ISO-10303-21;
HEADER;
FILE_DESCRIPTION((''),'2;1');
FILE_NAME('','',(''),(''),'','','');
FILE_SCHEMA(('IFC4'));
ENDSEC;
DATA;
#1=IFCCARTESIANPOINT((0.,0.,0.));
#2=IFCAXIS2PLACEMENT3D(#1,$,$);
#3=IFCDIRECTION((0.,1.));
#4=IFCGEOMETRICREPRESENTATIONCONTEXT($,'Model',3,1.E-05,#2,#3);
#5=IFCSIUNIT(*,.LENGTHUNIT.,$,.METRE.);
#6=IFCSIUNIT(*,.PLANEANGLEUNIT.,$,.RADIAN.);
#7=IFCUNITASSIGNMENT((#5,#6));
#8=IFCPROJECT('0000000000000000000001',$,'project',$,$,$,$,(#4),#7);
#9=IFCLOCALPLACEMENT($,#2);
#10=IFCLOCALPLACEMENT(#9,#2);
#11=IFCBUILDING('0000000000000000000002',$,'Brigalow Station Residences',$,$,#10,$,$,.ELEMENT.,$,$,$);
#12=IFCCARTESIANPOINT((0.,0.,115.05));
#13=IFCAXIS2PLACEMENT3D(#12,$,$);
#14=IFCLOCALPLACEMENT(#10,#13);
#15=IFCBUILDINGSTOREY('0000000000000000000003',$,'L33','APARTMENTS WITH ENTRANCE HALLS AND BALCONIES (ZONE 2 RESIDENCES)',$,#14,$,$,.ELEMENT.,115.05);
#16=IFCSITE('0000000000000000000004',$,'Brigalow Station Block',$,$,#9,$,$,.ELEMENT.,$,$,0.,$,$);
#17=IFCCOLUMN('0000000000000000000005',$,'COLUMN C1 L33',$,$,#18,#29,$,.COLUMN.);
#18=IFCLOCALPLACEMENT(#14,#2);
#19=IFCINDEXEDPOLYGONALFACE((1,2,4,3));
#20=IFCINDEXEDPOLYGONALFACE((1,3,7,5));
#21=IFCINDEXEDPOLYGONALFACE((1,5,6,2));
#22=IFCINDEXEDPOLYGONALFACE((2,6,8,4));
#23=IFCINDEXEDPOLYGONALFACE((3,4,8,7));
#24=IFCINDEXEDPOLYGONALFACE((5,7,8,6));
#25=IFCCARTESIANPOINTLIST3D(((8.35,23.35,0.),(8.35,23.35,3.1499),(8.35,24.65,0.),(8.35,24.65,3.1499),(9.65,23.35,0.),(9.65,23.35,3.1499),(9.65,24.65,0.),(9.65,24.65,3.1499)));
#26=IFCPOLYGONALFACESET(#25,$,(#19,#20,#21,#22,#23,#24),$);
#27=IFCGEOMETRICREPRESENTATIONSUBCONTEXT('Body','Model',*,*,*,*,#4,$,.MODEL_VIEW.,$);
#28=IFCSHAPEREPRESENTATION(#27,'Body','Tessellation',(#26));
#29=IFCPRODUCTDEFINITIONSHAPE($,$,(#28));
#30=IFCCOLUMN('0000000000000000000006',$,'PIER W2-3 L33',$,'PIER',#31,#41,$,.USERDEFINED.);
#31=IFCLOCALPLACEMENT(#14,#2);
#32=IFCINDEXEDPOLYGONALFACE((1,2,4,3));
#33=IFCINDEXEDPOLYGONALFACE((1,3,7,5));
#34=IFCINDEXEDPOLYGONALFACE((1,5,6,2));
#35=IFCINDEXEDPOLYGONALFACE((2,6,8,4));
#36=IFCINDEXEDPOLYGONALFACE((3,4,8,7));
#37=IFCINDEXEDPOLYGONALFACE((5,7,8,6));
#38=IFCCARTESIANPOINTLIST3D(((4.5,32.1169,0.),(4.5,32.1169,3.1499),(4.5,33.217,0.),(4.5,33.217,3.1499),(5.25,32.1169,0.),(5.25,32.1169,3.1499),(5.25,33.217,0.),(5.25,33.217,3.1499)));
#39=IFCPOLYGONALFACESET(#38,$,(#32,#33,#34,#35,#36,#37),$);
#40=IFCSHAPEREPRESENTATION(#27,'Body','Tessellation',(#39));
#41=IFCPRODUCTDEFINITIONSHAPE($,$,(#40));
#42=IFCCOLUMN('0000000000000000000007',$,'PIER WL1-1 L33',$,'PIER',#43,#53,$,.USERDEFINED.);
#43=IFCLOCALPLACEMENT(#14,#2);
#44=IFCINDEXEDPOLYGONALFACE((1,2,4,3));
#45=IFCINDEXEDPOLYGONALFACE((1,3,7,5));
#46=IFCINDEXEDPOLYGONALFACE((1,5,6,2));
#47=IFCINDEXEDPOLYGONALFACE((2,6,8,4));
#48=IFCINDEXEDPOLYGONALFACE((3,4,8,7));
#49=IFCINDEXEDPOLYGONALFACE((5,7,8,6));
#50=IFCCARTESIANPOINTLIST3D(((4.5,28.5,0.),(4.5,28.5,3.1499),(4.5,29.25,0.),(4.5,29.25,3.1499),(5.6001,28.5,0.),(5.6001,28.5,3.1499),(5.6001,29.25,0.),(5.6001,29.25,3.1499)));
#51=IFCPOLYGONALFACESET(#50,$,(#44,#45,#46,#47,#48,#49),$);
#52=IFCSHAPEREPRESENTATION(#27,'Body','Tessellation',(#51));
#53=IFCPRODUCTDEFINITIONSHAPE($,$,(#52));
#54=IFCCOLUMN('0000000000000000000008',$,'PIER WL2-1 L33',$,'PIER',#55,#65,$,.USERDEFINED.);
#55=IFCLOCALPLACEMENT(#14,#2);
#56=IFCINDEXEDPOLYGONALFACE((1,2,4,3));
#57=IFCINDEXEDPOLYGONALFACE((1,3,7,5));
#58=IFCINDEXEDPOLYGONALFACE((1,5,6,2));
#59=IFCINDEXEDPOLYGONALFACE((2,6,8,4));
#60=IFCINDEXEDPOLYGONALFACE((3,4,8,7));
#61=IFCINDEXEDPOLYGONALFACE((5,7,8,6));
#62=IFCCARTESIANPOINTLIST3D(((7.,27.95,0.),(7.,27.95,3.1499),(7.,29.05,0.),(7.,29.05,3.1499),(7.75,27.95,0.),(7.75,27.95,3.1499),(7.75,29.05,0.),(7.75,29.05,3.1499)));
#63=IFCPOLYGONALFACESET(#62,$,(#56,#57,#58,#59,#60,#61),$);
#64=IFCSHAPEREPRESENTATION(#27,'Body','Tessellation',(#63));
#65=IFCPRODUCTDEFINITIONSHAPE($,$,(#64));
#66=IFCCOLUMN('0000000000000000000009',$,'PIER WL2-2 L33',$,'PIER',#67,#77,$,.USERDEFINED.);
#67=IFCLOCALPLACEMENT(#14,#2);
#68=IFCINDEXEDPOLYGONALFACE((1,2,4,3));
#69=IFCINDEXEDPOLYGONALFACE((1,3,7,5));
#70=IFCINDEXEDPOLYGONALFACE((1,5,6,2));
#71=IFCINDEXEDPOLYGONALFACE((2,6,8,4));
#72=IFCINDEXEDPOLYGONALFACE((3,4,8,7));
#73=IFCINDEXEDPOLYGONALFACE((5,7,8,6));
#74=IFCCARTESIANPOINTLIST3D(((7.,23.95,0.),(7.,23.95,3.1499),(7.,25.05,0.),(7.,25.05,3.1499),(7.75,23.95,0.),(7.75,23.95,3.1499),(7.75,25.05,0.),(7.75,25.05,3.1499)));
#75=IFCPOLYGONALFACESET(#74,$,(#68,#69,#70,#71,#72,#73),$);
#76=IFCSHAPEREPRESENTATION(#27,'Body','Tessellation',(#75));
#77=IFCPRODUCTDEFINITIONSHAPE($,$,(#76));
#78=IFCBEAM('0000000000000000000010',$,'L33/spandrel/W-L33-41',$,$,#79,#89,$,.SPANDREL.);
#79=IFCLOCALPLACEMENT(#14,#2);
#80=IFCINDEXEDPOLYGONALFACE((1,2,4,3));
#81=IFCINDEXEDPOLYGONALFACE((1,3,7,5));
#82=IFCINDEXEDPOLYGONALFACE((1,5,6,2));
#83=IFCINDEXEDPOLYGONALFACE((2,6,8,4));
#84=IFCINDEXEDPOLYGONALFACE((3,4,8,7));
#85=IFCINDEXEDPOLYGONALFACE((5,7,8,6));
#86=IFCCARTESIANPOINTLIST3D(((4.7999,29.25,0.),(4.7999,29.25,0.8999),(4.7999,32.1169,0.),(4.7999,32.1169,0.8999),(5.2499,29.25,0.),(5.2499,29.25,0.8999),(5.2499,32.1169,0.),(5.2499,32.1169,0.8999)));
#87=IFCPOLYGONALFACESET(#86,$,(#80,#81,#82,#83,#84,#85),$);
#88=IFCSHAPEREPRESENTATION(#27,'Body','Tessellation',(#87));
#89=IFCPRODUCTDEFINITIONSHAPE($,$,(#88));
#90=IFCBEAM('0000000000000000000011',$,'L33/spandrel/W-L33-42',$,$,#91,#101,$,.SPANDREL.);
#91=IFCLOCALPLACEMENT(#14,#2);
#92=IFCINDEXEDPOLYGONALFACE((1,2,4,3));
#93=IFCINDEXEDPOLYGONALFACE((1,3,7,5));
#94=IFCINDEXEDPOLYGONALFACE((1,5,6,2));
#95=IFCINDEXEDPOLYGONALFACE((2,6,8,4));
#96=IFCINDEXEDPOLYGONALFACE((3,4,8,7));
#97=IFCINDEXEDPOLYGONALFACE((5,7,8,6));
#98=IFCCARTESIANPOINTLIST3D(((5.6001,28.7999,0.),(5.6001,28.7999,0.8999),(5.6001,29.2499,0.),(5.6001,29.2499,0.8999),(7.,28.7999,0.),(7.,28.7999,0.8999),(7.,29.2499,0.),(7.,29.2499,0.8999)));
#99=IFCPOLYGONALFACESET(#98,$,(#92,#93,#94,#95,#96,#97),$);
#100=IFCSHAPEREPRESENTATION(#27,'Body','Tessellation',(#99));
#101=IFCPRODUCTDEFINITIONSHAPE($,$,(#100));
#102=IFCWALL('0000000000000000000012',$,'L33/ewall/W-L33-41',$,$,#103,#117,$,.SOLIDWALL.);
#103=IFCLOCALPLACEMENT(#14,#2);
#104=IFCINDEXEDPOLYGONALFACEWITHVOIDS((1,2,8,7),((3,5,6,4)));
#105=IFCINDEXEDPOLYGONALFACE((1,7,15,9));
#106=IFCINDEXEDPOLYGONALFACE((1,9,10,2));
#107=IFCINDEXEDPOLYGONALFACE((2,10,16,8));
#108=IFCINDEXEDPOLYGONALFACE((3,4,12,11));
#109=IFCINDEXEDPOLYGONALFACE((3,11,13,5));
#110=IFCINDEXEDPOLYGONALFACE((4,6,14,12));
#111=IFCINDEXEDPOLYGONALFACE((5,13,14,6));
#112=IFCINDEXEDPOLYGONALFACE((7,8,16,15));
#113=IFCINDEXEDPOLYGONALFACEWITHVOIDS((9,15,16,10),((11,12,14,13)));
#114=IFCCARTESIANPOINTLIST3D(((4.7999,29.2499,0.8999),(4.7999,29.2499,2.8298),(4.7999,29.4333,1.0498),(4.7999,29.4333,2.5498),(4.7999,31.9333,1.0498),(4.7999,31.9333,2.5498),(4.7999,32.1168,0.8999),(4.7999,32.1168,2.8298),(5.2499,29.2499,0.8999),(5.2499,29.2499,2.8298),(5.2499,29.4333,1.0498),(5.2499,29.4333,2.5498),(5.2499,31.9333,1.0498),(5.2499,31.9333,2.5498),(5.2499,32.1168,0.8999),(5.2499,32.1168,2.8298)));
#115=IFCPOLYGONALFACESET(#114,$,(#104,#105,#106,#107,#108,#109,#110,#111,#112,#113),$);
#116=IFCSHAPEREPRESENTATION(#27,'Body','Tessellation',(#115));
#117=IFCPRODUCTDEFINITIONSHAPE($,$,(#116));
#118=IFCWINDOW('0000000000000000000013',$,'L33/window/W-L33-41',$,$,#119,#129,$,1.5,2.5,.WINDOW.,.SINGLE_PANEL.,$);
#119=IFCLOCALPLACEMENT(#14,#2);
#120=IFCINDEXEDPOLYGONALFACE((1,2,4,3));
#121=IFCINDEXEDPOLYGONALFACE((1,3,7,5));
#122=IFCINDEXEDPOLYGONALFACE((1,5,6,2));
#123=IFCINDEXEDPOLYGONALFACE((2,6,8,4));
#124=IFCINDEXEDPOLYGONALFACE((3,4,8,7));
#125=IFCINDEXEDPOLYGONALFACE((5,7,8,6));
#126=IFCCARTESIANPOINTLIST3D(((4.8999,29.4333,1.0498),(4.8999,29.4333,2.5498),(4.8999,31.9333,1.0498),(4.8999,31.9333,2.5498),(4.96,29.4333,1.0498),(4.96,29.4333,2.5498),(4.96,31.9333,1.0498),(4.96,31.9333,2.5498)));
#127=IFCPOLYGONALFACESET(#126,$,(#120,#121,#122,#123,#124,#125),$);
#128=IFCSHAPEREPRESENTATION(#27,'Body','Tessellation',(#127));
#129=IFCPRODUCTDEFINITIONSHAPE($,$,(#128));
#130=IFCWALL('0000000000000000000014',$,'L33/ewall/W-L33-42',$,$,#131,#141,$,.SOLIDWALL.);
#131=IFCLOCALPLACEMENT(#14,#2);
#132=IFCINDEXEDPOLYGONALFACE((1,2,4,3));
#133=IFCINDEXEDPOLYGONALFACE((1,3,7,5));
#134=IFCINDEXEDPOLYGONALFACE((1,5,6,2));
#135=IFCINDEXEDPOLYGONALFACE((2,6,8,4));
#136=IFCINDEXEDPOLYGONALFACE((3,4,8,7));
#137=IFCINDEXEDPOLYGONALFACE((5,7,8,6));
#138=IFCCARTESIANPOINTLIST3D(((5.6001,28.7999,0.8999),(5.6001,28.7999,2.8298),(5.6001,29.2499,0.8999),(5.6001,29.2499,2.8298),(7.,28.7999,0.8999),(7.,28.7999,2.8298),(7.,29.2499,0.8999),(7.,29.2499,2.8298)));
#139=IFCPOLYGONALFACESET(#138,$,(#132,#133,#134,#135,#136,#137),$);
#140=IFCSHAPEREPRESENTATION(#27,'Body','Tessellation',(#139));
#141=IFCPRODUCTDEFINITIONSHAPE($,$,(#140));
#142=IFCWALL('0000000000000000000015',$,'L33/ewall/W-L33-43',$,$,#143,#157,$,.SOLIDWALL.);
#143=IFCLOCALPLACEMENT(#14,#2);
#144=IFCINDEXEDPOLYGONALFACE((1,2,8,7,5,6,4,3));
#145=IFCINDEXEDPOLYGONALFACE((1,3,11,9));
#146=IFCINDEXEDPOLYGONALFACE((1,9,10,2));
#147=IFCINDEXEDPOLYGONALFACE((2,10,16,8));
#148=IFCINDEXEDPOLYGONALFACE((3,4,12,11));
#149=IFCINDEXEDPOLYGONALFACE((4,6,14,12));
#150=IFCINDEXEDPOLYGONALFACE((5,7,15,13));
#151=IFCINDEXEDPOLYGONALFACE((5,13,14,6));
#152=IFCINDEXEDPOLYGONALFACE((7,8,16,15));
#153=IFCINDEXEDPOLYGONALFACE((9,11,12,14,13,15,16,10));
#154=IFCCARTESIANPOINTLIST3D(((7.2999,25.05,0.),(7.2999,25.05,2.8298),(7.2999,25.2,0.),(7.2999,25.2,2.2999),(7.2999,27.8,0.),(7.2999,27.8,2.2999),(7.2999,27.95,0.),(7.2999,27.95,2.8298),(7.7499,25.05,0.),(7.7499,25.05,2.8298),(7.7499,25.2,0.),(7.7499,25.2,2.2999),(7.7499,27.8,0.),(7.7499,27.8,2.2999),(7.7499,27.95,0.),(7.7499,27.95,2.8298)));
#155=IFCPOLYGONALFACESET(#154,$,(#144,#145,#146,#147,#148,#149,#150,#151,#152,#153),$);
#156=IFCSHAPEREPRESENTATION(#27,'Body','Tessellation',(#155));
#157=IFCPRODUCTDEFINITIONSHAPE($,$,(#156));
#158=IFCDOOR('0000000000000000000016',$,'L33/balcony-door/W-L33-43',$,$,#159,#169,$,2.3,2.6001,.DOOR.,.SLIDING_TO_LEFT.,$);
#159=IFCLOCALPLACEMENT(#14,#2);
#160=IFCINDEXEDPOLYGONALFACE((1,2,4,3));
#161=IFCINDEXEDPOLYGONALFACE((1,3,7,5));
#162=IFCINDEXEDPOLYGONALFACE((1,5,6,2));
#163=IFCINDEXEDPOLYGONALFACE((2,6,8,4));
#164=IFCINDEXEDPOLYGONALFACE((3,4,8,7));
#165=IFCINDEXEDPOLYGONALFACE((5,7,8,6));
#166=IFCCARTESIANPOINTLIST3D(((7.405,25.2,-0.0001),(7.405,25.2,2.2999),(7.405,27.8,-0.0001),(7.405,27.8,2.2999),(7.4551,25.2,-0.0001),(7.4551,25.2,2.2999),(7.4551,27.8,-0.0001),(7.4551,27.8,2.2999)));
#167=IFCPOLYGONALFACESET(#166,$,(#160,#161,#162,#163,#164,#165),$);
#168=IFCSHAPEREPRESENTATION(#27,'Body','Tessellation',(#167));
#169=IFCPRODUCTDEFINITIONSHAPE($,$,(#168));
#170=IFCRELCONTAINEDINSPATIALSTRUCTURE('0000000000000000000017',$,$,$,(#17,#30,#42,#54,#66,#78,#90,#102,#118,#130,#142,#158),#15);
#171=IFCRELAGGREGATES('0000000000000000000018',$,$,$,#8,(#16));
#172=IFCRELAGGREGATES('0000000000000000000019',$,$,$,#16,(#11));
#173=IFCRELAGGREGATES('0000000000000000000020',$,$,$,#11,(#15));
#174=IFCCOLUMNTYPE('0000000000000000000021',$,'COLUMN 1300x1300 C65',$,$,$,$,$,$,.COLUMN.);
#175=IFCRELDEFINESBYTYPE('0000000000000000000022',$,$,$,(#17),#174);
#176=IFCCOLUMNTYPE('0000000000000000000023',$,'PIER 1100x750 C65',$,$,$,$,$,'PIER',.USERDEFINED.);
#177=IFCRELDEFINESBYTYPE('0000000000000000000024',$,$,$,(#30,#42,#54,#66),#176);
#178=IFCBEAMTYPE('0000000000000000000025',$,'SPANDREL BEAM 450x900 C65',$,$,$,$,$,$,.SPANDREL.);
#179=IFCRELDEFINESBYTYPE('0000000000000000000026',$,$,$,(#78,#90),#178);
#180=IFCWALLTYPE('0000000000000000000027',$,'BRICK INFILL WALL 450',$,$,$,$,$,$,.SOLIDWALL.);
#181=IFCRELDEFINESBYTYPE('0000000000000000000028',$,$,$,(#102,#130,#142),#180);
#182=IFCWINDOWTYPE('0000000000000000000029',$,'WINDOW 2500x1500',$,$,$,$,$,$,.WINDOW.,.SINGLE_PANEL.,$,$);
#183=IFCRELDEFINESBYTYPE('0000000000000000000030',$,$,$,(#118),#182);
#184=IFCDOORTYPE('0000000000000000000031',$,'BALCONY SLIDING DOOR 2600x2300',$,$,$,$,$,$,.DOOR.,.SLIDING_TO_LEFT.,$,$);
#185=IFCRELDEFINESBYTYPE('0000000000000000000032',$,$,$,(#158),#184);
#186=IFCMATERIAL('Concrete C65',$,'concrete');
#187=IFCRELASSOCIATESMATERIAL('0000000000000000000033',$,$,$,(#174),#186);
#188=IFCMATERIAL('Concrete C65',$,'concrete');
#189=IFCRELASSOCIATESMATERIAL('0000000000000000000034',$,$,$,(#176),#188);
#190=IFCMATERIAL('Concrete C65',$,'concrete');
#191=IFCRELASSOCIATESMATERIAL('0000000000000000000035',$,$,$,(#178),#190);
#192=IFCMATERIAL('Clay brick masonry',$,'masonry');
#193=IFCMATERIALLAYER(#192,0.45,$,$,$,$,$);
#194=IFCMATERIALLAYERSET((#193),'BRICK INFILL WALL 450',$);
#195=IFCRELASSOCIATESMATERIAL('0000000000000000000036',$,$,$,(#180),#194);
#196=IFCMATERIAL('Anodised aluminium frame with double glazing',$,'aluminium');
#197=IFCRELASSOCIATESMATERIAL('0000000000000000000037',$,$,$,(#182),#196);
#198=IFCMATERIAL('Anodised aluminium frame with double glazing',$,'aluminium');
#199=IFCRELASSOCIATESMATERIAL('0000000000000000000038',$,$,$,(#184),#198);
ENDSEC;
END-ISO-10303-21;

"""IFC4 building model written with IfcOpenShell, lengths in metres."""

from ifc_helpers import new_model, si_unit, direction, frame, frame_2d, origin, origin_2d, place, context, subcontext, project, spatial, rectangle, extrude, material, layer, layer_set, material_profile, profile_set, type_object, element, fill, save


model = new_model("IFC4")

# Units and contexts
model_context = context("Model", 3, precision=1e-05, world=origin(), true_north=direction((0.0, 1.0)))
body_context = subcontext(model_context, "Body", "Model", "MODEL_VIEW")
ifc_project = project(units=[si_unit("LENGTHUNIT", "METRE"), si_unit("PLANEANGLEUNIT", "RADIAN")], contexts=[model_context])

# Site, building, storey
site_placement = place(None, origin())
site = spatial("IfcSite", under=ifc_project, at=site_placement, Name="Brigalow Station Block", CompositionType="ELEMENT", RefElevation=0.0)
building_placement = place(site_placement, origin())
building = spatial("IfcBuilding", under=site, at=building_placement, Name="Brigalow Station Residences", CompositionType="ELEMENT")
storey_placement = place(building_placement, frame((0.0, 0.0, 115.05)))
storey = spatial("IfcBuildingStorey", under=building, at=storey_placement, Name="L33", Description="APARTMENTS WITH ENTRANCE HALLS AND BALCONIES (ZONE 2 RESIDENCES)", CompositionType="ELEMENT", Elevation=115.05)

# Columns
ifc_material_1 = material(Name="Concrete C65", Category="concrete")
ifc_material_profile_1 = material_profile(ifc_material_1, rectangle(XDim=1.3, YDim=1.3, at=origin_2d()), Name="RC1300x1300")
ifc_profile_set_1 = profile_set([ifc_material_profile_1], Name="Concrete C65")
column_type_1 = type_object("IfcColumnType", Name="COLUMN 1300x1300 C65", PredefinedType="COLUMN", material=ifc_profile_set_1)
column_placement = place(storey_placement, frame((9.0, 24.0, 0.0), z_axis=(0.0, 0.0, 1.0), x_axis=(1.0, 0.0, 0.0)))
element("IfcColumn", 1, at=column_placement, inside=storey, type_object=column_type_1, Name="COLUMN C1 L33", PredefinedType="COLUMN", context=body_context, shape_type="SweptSolid", body=[
    extrude(rectangle(XDim=1.3, YDim=1.3, at=origin_2d()), origin(), (0.0, 0.0, 1.0), 3.1499),
])
ifc_material_2 = material(Name="Concrete C65", Category="concrete")
ifc_material_profile_2 = material_profile(ifc_material_2, rectangle(XDim=1.1001, YDim=0.75, at=origin_2d()), Name="RC1100x750")
ifc_profile_set_2 = profile_set([ifc_material_profile_2], Name="Concrete C65")
column_type_2 = type_object("IfcColumnType", Name="PIER 1100x750 C65", ElementType="PIER", PredefinedType="USERDEFINED", material=ifc_profile_set_2)
for number, where, z_axis, x_axis, name in (
    (2, (4.875, 32.667, 0.0), (0.0, 0.0, 1.0), (0.0, -1.0, 0.0), "PIER W2-3 L33"),
    (3, (5.05, 28.875, 0.0), (0.0, 0.0, 1.0), (1.0, 0.0, 0.0), "PIER WL1-1 L33"),
    (4, (7.375, 28.5, 0.0), (0.0, 0.0, 1.0), (0.0, -1.0, 0.0), "PIER WL2-1 L33"),
    (5, (7.375, 24.5, 0.0), (0.0, 0.0, 1.0), (0.0, -1.0, 0.0), "PIER WL2-2 L33"),
):
    element("IfcColumn", number, at=place(storey_placement, frame(where, z_axis=z_axis, x_axis=x_axis)), inside=storey, type_object=column_type_2, Name=name, ObjectType="PIER", PredefinedType="USERDEFINED", context=body_context, shape_type="SweptSolid", body=[
        extrude(rectangle(XDim=1.1001, YDim=0.75, at=origin_2d()), origin(), (0.0, 0.0, 1.0), 3.1499),
    ])

# Beams
ifc_material_3 = material(Name="Concrete C65", Category="concrete")
ifc_material_profile_3 = material_profile(ifc_material_3, rectangle(XDim=0.45, YDim=0.8999, at=origin_2d()), Name="RC450x900")
ifc_profile_set_3 = profile_set([ifc_material_profile_3], Name="Concrete C65")
beam_type = type_object("IfcBeamType", Name="SPANDREL BEAM 450x900 C65", PredefinedType="SPANDREL", material=ifc_profile_set_3)
beam_1_placement = place(storey_placement, frame((5.0249, 32.1169, 0.45), z_axis=(0.0, -1.0, 0.0), x_axis=(1.0, 0.0, 0.0)))
element("IfcBeam", 6, at=beam_1_placement, inside=storey, type_object=beam_type, Name="L33/spandrel/W-L33-41", PredefinedType="SPANDREL", context=body_context, shape_type="SweptSolid", body=[
    extrude(rectangle(XDim=0.45, YDim=0.8999, at=origin_2d()), origin(), (0.0, 0.0, 1.0), 2.8669),
])
beam_2_placement = place(storey_placement, frame((5.6001, 29.0249, 0.45), z_axis=(1.0, 0.0, 0.0), x_axis=(0.0, 1.0, 0.0)))
element("IfcBeam", 7, at=beam_2_placement, inside=storey, type_object=beam_type, Name="L33/spandrel/W-L33-42", PredefinedType="SPANDREL", context=body_context, shape_type="SweptSolid", body=[
    extrude(rectangle(XDim=0.45, YDim=0.8999, at=origin_2d()), origin(), (0.0, 0.0, 1.0), 1.3999),
])

# Wall, opening, window
ifc_material_4 = material(Name="Clay brick masonry", Category="masonry")
ifc_layer_1 = layer(ifc_material_4, 0.45)
ifc_layer_set_1 = layer_set([ifc_layer_1], Name="BRICK INFILL WALL 450")
wall_type_1 = type_object("IfcWallType", Name="BRICK INFILL WALL 450", PredefinedType="SOLIDWALL", material=ifc_layer_set_1)
wall_1_placement = place(storey_placement, frame((5.0249, 32.1169, 0.8999), z_axis=(0.0, 0.0, 1.0), x_axis=(0.0, -1.0, 0.0)))
wall_1 = element("IfcWall", 8, at=wall_1_placement, inside=storey, type_object=wall_type_1, Name="L33/ewall/W-L33-41", PredefinedType="SOLIDWALL", context=body_context, shape_type="SweptSolid", body=[
    extrude(rectangle(XDim=2.8669, YDim=0.45, at=frame_2d((1.4336, 0.0))), origin(), (0.0, 0.0, 1.0), 1.9299),
])
opening_1_placement = place(wall_1_placement, frame((0.1836, 0.0, 0.1499)))
opening_1 = element("IfcOpeningElement", 9, at=opening_1_placement, cuts=wall_1, PredefinedType="OPENING", context=body_context, shape_type="SweptSolid", body=[
    extrude(rectangle(XDim=2.5, YDim=1.5, at=frame_2d((1.25, 0.75))), frame((0.0, 0.2349, 0.0), z_axis=(0.0, -1.0, 0.0), x_axis=(1.0, 0.0, 0.0)), (0.0, 0.0, 1.0), 0.47),
])
ifc_material_5 = material(Name="Anodised aluminium frame with double glazing", Category="aluminium")
window_type = type_object("IfcWindowType", Name="WINDOW 2500x1500", PartitioningType="SINGLE_PANEL", PredefinedType="WINDOW", material=ifc_material_5)
window_placement = place(opening_1_placement, origin())
window = element("IfcWindow", 10, at=window_placement, inside=storey, type_object=window_type, Name="L33/window/W-L33-41", OverallHeight=1.5, OverallWidth=2.5, PartitioningType="SINGLE_PANEL", PredefinedType="WINDOW", context=body_context, shape_type="SweptSolid", body=[
    extrude(rectangle(XDim=2.5, YDim=1.5, at=frame_2d((1.25, 0.75))), frame((0.0, -0.0649, 0.0), z_axis=(0.0, -1.0, 0.0), x_axis=(1.0, 0.0, 0.0)), (0.0, 0.0, 1.0), 0.0601),
])
fill(opening_1, window)

# Wall
wall_2_placement = place(storey_placement, frame((5.6001, 29.0249, 0.8999), z_axis=(0.0, 0.0, 1.0), x_axis=(1.0, 0.0, 0.0)))
element("IfcWall", 11, at=wall_2_placement, inside=storey, type_object=wall_type_1, Name="L33/ewall/W-L33-42", PredefinedType="SOLIDWALL", context=body_context, shape_type="SweptSolid", body=[
    extrude(rectangle(XDim=1.3999, YDim=0.45, at=frame_2d((0.7, 0.0))), origin(), (0.0, 0.0, 1.0), 1.9299),
])

# Wall, opening, door
wall_3_placement = place(storey_placement, frame((7.5249, 27.95, 0.0), z_axis=(0.0, 0.0, 1.0), x_axis=(0.0, -1.0, 0.0)))
wall_3 = element("IfcWall", 12, at=wall_3_placement, inside=storey, type_object=wall_type_1, Name="L33/ewall/W-L33-43", PredefinedType="SOLIDWALL", context=body_context, shape_type="SweptSolid", body=[
    extrude(rectangle(XDim=2.8999, YDim=0.45, at=frame_2d((1.45, 0.0))), origin(), (0.0, 0.0, 1.0), 2.8298),
])
opening_2_placement = place(wall_3_placement, frame((0.1499, 0.0, 0.0)))
opening_2 = element("IfcOpeningElement", 13, at=opening_2_placement, cuts=wall_3, PredefinedType="OPENING", context=body_context, shape_type="SweptSolid", body=[
    extrude(rectangle(XDim=2.6001, YDim=2.3, at=frame_2d((1.3, 1.1499))), frame((0.0, 0.2349, 0.0), z_axis=(0.0, -1.0, 0.0), x_axis=(1.0, 0.0, 0.0)), (0.0, 0.0, 1.0), 0.47),
])
ifc_material_6 = material(Name="Anodised aluminium frame with double glazing", Category="aluminium")
door_type_1 = type_object("IfcDoorType", Name="BALCONY SLIDING DOOR 2600x2300", OperationType="SLIDING_TO_LEFT", PredefinedType="DOOR", material=ifc_material_6)
door_1_placement = place(opening_2_placement, origin())
door_1 = element("IfcDoor", 14, at=door_1_placement, inside=storey, type_object=door_type_1, Name="L33/balcony-door/W-L33-43", OperationType="SLIDING_TO_LEFT", OverallHeight=2.3, OverallWidth=2.6001, PredefinedType="DOOR", context=body_context, shape_type="SweptSolid", body=[
    extrude(rectangle(XDim=2.6001, YDim=2.3, at=frame_2d((1.3, 1.1499))), frame((0.0, -0.0698, 0.0), z_axis=(0.0, -1.0, 0.0), x_axis=(1.0, 0.0, 0.0)), (0.0, 0.0, 1.0), 0.05),
])
fill(opening_2, door_1)

save(model, "model.ifc")
